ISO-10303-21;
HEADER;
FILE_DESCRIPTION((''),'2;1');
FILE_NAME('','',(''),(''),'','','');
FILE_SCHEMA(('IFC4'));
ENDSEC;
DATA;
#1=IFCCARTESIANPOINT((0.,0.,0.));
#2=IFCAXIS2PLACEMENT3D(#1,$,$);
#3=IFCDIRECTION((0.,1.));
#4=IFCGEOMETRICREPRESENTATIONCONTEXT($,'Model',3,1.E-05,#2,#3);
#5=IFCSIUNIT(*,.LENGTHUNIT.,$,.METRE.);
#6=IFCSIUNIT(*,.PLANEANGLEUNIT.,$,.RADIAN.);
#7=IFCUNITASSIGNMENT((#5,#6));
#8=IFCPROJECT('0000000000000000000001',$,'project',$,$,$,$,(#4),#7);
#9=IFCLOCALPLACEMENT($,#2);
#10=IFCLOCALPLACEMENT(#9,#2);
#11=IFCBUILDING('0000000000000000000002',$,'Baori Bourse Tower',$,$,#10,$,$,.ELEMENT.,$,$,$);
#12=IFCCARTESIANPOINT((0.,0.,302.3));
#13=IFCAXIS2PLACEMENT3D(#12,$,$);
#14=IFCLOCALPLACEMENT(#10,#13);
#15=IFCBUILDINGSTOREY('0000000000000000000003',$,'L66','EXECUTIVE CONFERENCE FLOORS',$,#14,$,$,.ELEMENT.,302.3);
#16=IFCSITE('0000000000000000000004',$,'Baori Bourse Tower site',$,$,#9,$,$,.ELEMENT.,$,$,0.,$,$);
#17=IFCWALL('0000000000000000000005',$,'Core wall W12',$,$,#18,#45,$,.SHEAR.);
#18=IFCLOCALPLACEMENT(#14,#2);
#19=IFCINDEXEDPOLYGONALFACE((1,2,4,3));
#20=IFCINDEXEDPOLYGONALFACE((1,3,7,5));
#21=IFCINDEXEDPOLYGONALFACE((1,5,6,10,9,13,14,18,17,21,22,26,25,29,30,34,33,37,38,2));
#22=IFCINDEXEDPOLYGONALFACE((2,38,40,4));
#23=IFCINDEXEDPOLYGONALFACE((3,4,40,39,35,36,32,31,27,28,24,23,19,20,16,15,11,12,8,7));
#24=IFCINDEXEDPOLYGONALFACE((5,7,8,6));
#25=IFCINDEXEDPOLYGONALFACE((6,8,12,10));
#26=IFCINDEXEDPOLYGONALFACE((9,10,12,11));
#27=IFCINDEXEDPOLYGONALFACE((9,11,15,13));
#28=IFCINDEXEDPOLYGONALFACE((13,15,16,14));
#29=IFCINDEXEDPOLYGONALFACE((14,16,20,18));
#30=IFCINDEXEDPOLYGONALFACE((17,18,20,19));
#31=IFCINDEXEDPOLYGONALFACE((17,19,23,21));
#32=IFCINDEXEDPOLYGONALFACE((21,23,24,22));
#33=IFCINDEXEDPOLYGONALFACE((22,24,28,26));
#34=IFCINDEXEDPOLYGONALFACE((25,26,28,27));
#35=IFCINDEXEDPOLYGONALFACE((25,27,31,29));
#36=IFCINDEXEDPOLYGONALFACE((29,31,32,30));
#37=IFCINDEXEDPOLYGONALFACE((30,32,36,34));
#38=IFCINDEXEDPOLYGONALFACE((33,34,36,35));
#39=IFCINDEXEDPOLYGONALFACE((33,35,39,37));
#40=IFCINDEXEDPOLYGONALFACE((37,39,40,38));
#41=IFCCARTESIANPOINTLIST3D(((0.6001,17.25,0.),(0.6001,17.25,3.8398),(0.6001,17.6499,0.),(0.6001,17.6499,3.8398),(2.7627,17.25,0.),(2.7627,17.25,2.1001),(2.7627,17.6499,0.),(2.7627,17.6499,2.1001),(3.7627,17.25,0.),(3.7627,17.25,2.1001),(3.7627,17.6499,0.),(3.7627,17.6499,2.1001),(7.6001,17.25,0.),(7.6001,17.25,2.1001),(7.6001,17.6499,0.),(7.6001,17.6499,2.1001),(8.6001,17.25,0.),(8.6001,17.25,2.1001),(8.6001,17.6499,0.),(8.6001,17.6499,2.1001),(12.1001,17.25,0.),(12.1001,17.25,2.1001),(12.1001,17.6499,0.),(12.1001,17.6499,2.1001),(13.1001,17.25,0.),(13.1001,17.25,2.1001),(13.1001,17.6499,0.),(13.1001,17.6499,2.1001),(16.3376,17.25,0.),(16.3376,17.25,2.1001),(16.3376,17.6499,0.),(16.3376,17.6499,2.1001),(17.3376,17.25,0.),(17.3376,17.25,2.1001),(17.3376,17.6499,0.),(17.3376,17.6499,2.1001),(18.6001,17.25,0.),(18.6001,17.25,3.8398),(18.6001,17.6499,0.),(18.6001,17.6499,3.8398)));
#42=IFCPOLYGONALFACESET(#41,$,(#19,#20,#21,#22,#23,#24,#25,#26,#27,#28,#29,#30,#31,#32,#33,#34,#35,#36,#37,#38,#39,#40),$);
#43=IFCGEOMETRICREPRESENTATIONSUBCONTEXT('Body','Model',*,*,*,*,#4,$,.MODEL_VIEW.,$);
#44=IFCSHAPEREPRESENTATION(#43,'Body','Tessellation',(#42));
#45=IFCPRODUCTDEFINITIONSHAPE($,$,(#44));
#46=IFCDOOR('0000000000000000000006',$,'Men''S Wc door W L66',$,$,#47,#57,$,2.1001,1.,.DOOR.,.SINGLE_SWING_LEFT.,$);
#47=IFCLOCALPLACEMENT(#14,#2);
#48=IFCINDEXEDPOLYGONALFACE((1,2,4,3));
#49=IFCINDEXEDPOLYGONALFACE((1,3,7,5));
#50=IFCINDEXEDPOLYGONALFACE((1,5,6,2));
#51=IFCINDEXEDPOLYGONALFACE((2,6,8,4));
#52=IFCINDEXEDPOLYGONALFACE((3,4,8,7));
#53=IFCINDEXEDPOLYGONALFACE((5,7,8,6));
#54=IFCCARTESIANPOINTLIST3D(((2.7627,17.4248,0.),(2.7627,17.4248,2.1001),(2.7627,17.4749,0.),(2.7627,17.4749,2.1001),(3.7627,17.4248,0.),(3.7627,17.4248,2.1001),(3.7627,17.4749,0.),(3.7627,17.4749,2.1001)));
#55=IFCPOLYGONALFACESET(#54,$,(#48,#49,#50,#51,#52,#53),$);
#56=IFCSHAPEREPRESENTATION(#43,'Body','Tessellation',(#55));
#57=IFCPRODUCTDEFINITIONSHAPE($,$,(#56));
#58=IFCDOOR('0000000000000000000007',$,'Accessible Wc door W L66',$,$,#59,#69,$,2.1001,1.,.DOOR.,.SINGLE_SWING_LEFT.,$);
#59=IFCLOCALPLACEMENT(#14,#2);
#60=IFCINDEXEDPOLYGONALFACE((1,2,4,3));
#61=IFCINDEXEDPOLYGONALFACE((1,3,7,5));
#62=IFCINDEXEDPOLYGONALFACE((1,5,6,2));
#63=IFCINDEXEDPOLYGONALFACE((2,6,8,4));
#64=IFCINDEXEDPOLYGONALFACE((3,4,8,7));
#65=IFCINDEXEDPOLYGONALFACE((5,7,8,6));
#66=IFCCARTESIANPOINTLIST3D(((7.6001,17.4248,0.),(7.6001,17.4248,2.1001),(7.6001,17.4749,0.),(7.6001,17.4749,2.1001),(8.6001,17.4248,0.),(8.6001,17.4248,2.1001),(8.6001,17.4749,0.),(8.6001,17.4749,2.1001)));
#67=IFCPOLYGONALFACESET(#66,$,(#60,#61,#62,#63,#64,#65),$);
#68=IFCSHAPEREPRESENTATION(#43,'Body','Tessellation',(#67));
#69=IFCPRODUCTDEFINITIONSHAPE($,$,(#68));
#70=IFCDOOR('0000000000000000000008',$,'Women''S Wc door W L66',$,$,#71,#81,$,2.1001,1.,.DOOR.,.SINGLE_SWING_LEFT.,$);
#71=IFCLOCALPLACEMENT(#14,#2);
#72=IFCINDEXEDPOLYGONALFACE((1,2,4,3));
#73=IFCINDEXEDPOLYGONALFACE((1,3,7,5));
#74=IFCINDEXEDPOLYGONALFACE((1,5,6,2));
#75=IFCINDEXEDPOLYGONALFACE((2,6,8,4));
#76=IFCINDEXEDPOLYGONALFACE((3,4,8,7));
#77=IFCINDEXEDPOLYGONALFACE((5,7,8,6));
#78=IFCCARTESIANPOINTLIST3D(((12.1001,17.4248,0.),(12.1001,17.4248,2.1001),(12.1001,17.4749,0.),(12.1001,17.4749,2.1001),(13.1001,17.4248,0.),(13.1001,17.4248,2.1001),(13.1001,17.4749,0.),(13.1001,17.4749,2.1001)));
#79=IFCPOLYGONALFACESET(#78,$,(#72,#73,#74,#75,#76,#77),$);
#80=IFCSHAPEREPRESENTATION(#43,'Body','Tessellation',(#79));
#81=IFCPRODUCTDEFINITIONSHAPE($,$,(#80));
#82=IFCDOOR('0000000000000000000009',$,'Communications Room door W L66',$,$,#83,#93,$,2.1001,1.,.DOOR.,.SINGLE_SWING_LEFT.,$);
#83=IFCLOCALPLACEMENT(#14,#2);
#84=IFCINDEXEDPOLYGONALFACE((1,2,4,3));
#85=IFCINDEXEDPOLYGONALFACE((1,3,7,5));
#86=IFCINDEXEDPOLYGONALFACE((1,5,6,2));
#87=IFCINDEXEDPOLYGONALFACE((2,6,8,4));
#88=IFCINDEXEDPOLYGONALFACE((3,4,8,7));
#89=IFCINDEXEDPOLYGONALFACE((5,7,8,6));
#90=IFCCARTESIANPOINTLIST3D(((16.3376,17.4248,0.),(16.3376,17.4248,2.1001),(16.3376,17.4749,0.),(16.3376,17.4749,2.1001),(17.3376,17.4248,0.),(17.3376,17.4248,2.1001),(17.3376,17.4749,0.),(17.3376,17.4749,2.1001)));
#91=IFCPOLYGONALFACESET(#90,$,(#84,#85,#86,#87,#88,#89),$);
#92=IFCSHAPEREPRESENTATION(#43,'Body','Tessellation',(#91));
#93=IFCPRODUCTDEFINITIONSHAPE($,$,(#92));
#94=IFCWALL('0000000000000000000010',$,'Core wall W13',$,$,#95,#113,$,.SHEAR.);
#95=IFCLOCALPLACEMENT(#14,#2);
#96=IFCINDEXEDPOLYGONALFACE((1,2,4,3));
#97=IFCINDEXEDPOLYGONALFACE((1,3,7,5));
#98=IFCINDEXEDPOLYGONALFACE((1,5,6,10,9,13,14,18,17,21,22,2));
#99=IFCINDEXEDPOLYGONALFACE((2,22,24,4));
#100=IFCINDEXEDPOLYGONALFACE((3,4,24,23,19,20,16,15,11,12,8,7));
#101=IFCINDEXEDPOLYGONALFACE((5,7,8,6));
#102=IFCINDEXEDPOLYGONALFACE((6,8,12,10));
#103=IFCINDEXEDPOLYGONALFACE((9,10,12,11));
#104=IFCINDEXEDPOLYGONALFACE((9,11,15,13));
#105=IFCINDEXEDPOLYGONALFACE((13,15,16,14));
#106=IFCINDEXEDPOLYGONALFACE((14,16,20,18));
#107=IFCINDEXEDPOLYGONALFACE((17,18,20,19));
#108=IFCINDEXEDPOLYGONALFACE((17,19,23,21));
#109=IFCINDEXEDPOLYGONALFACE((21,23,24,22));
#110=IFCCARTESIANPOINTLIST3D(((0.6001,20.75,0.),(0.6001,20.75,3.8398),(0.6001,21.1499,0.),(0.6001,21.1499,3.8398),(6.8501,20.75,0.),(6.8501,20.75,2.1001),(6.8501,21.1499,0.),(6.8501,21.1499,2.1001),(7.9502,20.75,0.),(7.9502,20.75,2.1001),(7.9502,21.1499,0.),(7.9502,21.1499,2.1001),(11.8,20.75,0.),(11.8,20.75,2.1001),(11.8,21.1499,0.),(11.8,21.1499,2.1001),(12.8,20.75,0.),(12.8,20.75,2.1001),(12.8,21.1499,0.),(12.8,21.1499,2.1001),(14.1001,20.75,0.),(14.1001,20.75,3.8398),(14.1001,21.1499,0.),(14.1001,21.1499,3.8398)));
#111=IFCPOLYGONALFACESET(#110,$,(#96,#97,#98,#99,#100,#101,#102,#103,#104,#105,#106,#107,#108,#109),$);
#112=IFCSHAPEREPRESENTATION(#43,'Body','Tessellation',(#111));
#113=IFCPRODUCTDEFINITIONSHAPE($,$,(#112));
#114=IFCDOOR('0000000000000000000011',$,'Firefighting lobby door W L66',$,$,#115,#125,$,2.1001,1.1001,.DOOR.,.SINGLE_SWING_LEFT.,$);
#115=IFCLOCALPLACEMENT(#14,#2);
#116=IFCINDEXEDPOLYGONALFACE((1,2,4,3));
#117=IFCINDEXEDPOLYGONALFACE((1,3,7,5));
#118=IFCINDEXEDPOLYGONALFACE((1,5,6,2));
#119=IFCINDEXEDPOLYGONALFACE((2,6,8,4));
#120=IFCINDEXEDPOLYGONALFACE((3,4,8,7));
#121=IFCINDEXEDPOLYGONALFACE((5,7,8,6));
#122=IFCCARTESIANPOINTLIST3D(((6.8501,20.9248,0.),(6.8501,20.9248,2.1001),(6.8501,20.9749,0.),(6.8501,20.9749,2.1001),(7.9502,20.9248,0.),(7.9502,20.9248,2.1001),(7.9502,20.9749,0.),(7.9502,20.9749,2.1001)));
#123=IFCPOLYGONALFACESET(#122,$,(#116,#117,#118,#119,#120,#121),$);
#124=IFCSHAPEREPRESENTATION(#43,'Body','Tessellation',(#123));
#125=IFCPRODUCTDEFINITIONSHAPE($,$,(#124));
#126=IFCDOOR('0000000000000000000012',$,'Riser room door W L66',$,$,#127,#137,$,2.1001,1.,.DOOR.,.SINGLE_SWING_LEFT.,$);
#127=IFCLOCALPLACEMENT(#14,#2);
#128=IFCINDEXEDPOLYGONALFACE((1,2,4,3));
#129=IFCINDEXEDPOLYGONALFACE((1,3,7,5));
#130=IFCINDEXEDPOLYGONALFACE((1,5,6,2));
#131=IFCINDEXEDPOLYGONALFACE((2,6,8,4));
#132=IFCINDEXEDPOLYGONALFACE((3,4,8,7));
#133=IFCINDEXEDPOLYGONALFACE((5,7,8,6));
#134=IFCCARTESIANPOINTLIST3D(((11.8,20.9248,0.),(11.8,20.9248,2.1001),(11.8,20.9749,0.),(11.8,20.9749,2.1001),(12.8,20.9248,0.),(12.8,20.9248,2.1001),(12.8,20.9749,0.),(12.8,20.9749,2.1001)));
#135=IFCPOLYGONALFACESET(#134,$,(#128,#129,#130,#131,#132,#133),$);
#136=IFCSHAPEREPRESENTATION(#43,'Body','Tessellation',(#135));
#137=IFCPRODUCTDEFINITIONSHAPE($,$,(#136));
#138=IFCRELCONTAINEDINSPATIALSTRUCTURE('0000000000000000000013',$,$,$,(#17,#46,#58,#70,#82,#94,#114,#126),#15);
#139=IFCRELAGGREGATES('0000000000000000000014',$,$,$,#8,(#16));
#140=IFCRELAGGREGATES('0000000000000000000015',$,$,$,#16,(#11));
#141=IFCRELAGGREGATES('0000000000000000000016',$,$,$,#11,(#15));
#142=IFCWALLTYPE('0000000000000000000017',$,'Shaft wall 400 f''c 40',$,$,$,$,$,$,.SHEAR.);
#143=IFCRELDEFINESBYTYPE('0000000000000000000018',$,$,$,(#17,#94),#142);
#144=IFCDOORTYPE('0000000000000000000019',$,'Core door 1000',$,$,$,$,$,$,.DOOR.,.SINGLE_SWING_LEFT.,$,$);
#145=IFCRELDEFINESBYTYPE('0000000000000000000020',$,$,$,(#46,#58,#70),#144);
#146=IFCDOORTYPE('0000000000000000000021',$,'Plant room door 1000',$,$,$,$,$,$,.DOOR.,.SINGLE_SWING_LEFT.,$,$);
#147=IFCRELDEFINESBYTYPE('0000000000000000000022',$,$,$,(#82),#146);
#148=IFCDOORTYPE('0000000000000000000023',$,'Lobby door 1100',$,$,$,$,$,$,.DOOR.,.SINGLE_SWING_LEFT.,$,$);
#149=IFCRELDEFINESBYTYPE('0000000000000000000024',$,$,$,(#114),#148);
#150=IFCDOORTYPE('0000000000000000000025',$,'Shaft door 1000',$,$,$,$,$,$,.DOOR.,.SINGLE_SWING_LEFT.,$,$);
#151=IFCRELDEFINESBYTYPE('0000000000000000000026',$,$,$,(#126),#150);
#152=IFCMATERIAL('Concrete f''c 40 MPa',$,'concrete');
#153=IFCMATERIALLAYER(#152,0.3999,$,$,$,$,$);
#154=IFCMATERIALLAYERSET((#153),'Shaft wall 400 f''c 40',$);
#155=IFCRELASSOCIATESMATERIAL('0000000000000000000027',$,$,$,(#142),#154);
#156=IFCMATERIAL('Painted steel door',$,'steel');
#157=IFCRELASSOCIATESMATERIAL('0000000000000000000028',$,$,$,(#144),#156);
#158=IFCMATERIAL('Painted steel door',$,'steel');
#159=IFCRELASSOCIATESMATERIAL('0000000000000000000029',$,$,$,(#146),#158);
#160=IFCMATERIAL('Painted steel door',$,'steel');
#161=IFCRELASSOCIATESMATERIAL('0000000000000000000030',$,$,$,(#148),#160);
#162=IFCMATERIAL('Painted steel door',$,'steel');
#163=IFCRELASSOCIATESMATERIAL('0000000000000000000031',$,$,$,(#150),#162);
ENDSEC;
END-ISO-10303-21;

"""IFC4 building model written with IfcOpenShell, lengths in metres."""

from ifc_helpers import new_model, si_unit, direction, frame, frame_2d, origin, place, context, subcontext, project, spatial, rectangle, extrude, material, layer, layer_set, type_object, element, fill, save


model = new_model("IFC4")

# Units and contexts
model_context = context("Model", 3, precision=1e-05, world=origin(), true_north=direction((0.0, 1.0)))
body_context = subcontext(model_context, "Body", "Model", "MODEL_VIEW")
ifc_project = project(units=[si_unit("LENGTHUNIT", "METRE"), si_unit("PLANEANGLEUNIT", "RADIAN")], contexts=[model_context])

# Site, building, storey
site_placement = place(None, origin())
site = spatial("IfcSite", under=ifc_project, at=site_placement, Name="Baori Bourse Tower site", CompositionType="ELEMENT", RefElevation=0.0)
building_placement = place(site_placement, origin())
building = spatial("IfcBuilding", under=site, at=building_placement, Name="Baori Bourse Tower", CompositionType="ELEMENT")
storey_placement = place(building_placement, frame((0.0, 0.0, 302.3)))
storey = spatial("IfcBuildingStorey", under=building, at=storey_placement, Name="L66", Description="EXECUTIVE CONFERENCE FLOORS", CompositionType="ELEMENT", Elevation=302.3)

# Shared definitions
ifc_material_1 = material(Name="Concrete f'c 40 MPa", Category="concrete")
ifc_layer_1 = layer(ifc_material_1, 0.3999)
ifc_layer_set_1 = layer_set([ifc_layer_1], Name="Shaft wall 400 f'c 40")
wall_type_1 = type_object("IfcWallType", Name="Shaft wall 400 f'c 40", PredefinedType="SHEAR", material=ifc_layer_set_1)

# Walls, openings, doors
wall_1_placement = place(storey_placement, frame((0.6001, 17.45, 0.0), z_axis=(0.0, 0.0, 1.0), x_axis=(1.0, 0.0, 0.0)))
wall_1 = element("IfcWall", 1, at=wall_1_placement, inside=storey, type_object=wall_type_1, Name="Core wall W12", PredefinedType="SHEAR", context=body_context, shape_type="SweptSolid", body=[
    extrude(rectangle(XDim=18.0, YDim=0.3999, at=frame_2d((9.0, 0.0))), origin(), (0.0, 0.0, 1.0), 3.8398),
])
opening_1_placement = place(wall_1_placement, frame((2.1626, 0.0, 0.0)))
opening_1 = element("IfcOpeningElement", 2, at=opening_1_placement, cuts=wall_1, PredefinedType="OPENING", context=body_context, shape_type="SweptSolid", body=[
    extrude(rectangle(XDim=1.0, YDim=2.1001, at=frame_2d((0.5, 1.05))), frame((0.0, 0.21, 0.0), z_axis=(0.0, -1.0, 0.0), x_axis=(1.0, 0.0, 0.0)), (0.0, 0.0, 1.0), 0.4199),
])
opening_2_placement = place(wall_1_placement, frame((7.0, 0.0, 0.0)))
opening_2 = element("IfcOpeningElement", 3, at=opening_2_placement, cuts=wall_1, PredefinedType="OPENING", context=body_context, shape_type="SweptSolid", body=[
    extrude(rectangle(XDim=1.0, YDim=2.1001, at=frame_2d((0.5, 1.05))), frame((0.0, 0.21, 0.0), z_axis=(0.0, -1.0, 0.0), x_axis=(1.0, 0.0, 0.0)), (0.0, 0.0, 1.0), 0.4199),
])
opening_3_placement = place(wall_1_placement, frame((11.5, 0.0, 0.0)))
opening_3 = element("IfcOpeningElement", 4, at=opening_3_placement, cuts=wall_1, PredefinedType="OPENING", context=body_context, shape_type="SweptSolid", body=[
    extrude(rectangle(XDim=1.0, YDim=2.1001, at=frame_2d((0.5, 1.05))), frame((0.0, 0.21, 0.0), z_axis=(0.0, -1.0, 0.0), x_axis=(1.0, 0.0, 0.0)), (0.0, 0.0, 1.0), 0.4199),
])
opening_4_placement = place(wall_1_placement, frame((15.7375, 0.0, 0.0)))
opening_4 = element("IfcOpeningElement", 5, at=opening_4_placement, cuts=wall_1, PredefinedType="OPENING", context=body_context, shape_type="SweptSolid", body=[
    extrude(rectangle(XDim=1.0, YDim=2.1001, at=frame_2d((0.5, 1.05))), frame((0.0, 0.21, 0.0), z_axis=(0.0, -1.0, 0.0), x_axis=(1.0, 0.0, 0.0)), (0.0, 0.0, 1.0), 0.4199),
])
ifc_material_2 = material(Name="Painted steel door", Category="steel")
door_type_1 = type_object("IfcDoorType", Name="Core door 1000", OperationType="SINGLE_SWING_LEFT", PredefinedType="DOOR", material=ifc_material_2)
door_1_placement = place(opening_1_placement, origin())
door_1 = element("IfcDoor", 6, at=door_1_placement, inside=storey, type_object=door_type_1, Name="Men'S Wc door W L66", OperationType="SINGLE_SWING_LEFT", OverallHeight=2.1001, OverallWidth=1.0, PredefinedType="DOOR", context=body_context, shape_type="SweptSolid", body=[
    extrude(rectangle(XDim=1.0, YDim=2.1001, at=frame_2d((0.5, 1.05))), frame((0.0, 0.0249, 0.0), z_axis=(0.0, -1.0, 0.0), x_axis=(1.0, 0.0, 0.0)), (0.0, 0.0, 1.0), 0.05),
])
fill(opening_1, door_1)
door_2_placement = place(opening_2_placement, origin())
door_2 = element("IfcDoor", 7, at=door_2_placement, inside=storey, type_object=door_type_1, Name="Accessible Wc door W L66", OperationType="SINGLE_SWING_LEFT", OverallHeight=2.1001, OverallWidth=1.0, PredefinedType="DOOR", context=body_context, shape_type="SweptSolid", body=[
    extrude(rectangle(XDim=1.0, YDim=2.1001, at=frame_2d((0.5, 1.05))), frame((0.0, 0.0249, 0.0), z_axis=(0.0, -1.0, 0.0), x_axis=(1.0, 0.0, 0.0)), (0.0, 0.0, 1.0), 0.05),
])
fill(opening_2, door_2)
door_3_placement = place(opening_3_placement, origin())
door_3 = element("IfcDoor", 8, at=door_3_placement, inside=storey, type_object=door_type_1, Name="Women'S Wc door W L66", OperationType="SINGLE_SWING_LEFT", OverallHeight=2.1001, OverallWidth=1.0, PredefinedType="DOOR", context=body_context, shape_type="SweptSolid", body=[
    extrude(rectangle(XDim=1.0, YDim=2.1001, at=frame_2d((0.5, 1.05))), frame((0.0, 0.0249, 0.0), z_axis=(0.0, -1.0, 0.0), x_axis=(1.0, 0.0, 0.0)), (0.0, 0.0, 1.0), 0.05),
])
fill(opening_3, door_3)
ifc_material_3 = material(Name="Painted steel door", Category="steel")
door_type_2 = type_object("IfcDoorType", Name="Plant room door 1000", OperationType="SINGLE_SWING_LEFT", PredefinedType="DOOR", material=ifc_material_3)
door_4_placement = place(opening_4_placement, origin())
door_4 = element("IfcDoor", 9, at=door_4_placement, inside=storey, type_object=door_type_2, Name="Communications Room door W L66", OperationType="SINGLE_SWING_LEFT", OverallHeight=2.1001, OverallWidth=1.0, PredefinedType="DOOR", context=body_context, shape_type="SweptSolid", body=[
    extrude(rectangle(XDim=1.0, YDim=2.1001, at=frame_2d((0.5, 1.05))), frame((0.0, 0.0249, 0.0), z_axis=(0.0, -1.0, 0.0), x_axis=(1.0, 0.0, 0.0)), (0.0, 0.0, 1.0), 0.05),
])
fill(opening_4, door_4)
wall_2_placement = place(storey_placement, frame((0.6001, 20.95, 0.0), z_axis=(0.0, 0.0, 1.0), x_axis=(1.0, 0.0, 0.0)))
wall_2 = element("IfcWall", 10, at=wall_2_placement, inside=storey, type_object=wall_type_1, Name="Core wall W13", PredefinedType="SHEAR", context=body_context, shape_type="SweptSolid", body=[
    extrude(rectangle(XDim=13.5, YDim=0.3999, at=frame_2d((6.75, 0.0))), origin(), (0.0, 0.0, 1.0), 3.8398),
])
opening_5_placement = place(wall_2_placement, frame((6.25, 0.0, 0.0)))
opening_5 = element("IfcOpeningElement", 11, at=opening_5_placement, cuts=wall_2, PredefinedType="OPENING", context=body_context, shape_type="SweptSolid", body=[
    extrude(rectangle(XDim=1.1001, YDim=2.1001, at=frame_2d((0.55, 1.05))), frame((0.0, 0.21, 0.0), z_axis=(0.0, -1.0, 0.0), x_axis=(1.0, 0.0, 0.0)), (0.0, 0.0, 1.0), 0.4199),
])
opening_6_placement = place(wall_2_placement, frame((11.2, 0.0, 0.0)))
opening_6 = element("IfcOpeningElement", 12, at=opening_6_placement, cuts=wall_2, PredefinedType="OPENING", context=body_context, shape_type="SweptSolid", body=[
    extrude(rectangle(XDim=1.0, YDim=2.1001, at=frame_2d((0.5, 1.05))), frame((0.0, 0.21, 0.0), z_axis=(0.0, -1.0, 0.0), x_axis=(1.0, 0.0, 0.0)), (0.0, 0.0, 1.0), 0.4199),
])
ifc_material_4 = material(Name="Painted steel door", Category="steel")
door_type_3 = type_object("IfcDoorType", Name="Lobby door 1100", OperationType="SINGLE_SWING_LEFT", PredefinedType="DOOR", material=ifc_material_4)
door_5_placement = place(opening_5_placement, origin())
door_5 = element("IfcDoor", 13, at=door_5_placement, inside=storey, type_object=door_type_3, Name="Firefighting lobby door W L66", OperationType="SINGLE_SWING_LEFT", OverallHeight=2.1001, OverallWidth=1.1001, PredefinedType="DOOR", context=body_context, shape_type="SweptSolid", body=[
    extrude(rectangle(XDim=1.1001, YDim=2.1001, at=frame_2d((0.55, 1.05))), frame((0.0, 0.0249, 0.0), z_axis=(0.0, -1.0, 0.0), x_axis=(1.0, 0.0, 0.0)), (0.0, 0.0, 1.0), 0.05),
])
fill(opening_5, door_5)
ifc_material_5 = material(Name="Painted steel door", Category="steel")
door_type_4 = type_object("IfcDoorType", Name="Shaft door 1000", OperationType="SINGLE_SWING_LEFT", PredefinedType="DOOR", material=ifc_material_5)
door_6_placement = place(opening_6_placement, origin())
door_6 = element("IfcDoor", 14, at=door_6_placement, inside=storey, type_object=door_type_4, Name="Riser room door W L66", OperationType="SINGLE_SWING_LEFT", OverallHeight=2.1001, OverallWidth=1.0, PredefinedType="DOOR", context=body_context, shape_type="SweptSolid", body=[
    extrude(rectangle(XDim=1.0, YDim=2.1001, at=frame_2d((0.5, 1.05))), frame((0.0, 0.0249, 0.0), z_axis=(0.0, -1.0, 0.0), x_axis=(1.0, 0.0, 0.0)), (0.0, 0.0, 1.0), 0.05),
])
fill(opening_6, door_6)

save(model, "model.ifc")
